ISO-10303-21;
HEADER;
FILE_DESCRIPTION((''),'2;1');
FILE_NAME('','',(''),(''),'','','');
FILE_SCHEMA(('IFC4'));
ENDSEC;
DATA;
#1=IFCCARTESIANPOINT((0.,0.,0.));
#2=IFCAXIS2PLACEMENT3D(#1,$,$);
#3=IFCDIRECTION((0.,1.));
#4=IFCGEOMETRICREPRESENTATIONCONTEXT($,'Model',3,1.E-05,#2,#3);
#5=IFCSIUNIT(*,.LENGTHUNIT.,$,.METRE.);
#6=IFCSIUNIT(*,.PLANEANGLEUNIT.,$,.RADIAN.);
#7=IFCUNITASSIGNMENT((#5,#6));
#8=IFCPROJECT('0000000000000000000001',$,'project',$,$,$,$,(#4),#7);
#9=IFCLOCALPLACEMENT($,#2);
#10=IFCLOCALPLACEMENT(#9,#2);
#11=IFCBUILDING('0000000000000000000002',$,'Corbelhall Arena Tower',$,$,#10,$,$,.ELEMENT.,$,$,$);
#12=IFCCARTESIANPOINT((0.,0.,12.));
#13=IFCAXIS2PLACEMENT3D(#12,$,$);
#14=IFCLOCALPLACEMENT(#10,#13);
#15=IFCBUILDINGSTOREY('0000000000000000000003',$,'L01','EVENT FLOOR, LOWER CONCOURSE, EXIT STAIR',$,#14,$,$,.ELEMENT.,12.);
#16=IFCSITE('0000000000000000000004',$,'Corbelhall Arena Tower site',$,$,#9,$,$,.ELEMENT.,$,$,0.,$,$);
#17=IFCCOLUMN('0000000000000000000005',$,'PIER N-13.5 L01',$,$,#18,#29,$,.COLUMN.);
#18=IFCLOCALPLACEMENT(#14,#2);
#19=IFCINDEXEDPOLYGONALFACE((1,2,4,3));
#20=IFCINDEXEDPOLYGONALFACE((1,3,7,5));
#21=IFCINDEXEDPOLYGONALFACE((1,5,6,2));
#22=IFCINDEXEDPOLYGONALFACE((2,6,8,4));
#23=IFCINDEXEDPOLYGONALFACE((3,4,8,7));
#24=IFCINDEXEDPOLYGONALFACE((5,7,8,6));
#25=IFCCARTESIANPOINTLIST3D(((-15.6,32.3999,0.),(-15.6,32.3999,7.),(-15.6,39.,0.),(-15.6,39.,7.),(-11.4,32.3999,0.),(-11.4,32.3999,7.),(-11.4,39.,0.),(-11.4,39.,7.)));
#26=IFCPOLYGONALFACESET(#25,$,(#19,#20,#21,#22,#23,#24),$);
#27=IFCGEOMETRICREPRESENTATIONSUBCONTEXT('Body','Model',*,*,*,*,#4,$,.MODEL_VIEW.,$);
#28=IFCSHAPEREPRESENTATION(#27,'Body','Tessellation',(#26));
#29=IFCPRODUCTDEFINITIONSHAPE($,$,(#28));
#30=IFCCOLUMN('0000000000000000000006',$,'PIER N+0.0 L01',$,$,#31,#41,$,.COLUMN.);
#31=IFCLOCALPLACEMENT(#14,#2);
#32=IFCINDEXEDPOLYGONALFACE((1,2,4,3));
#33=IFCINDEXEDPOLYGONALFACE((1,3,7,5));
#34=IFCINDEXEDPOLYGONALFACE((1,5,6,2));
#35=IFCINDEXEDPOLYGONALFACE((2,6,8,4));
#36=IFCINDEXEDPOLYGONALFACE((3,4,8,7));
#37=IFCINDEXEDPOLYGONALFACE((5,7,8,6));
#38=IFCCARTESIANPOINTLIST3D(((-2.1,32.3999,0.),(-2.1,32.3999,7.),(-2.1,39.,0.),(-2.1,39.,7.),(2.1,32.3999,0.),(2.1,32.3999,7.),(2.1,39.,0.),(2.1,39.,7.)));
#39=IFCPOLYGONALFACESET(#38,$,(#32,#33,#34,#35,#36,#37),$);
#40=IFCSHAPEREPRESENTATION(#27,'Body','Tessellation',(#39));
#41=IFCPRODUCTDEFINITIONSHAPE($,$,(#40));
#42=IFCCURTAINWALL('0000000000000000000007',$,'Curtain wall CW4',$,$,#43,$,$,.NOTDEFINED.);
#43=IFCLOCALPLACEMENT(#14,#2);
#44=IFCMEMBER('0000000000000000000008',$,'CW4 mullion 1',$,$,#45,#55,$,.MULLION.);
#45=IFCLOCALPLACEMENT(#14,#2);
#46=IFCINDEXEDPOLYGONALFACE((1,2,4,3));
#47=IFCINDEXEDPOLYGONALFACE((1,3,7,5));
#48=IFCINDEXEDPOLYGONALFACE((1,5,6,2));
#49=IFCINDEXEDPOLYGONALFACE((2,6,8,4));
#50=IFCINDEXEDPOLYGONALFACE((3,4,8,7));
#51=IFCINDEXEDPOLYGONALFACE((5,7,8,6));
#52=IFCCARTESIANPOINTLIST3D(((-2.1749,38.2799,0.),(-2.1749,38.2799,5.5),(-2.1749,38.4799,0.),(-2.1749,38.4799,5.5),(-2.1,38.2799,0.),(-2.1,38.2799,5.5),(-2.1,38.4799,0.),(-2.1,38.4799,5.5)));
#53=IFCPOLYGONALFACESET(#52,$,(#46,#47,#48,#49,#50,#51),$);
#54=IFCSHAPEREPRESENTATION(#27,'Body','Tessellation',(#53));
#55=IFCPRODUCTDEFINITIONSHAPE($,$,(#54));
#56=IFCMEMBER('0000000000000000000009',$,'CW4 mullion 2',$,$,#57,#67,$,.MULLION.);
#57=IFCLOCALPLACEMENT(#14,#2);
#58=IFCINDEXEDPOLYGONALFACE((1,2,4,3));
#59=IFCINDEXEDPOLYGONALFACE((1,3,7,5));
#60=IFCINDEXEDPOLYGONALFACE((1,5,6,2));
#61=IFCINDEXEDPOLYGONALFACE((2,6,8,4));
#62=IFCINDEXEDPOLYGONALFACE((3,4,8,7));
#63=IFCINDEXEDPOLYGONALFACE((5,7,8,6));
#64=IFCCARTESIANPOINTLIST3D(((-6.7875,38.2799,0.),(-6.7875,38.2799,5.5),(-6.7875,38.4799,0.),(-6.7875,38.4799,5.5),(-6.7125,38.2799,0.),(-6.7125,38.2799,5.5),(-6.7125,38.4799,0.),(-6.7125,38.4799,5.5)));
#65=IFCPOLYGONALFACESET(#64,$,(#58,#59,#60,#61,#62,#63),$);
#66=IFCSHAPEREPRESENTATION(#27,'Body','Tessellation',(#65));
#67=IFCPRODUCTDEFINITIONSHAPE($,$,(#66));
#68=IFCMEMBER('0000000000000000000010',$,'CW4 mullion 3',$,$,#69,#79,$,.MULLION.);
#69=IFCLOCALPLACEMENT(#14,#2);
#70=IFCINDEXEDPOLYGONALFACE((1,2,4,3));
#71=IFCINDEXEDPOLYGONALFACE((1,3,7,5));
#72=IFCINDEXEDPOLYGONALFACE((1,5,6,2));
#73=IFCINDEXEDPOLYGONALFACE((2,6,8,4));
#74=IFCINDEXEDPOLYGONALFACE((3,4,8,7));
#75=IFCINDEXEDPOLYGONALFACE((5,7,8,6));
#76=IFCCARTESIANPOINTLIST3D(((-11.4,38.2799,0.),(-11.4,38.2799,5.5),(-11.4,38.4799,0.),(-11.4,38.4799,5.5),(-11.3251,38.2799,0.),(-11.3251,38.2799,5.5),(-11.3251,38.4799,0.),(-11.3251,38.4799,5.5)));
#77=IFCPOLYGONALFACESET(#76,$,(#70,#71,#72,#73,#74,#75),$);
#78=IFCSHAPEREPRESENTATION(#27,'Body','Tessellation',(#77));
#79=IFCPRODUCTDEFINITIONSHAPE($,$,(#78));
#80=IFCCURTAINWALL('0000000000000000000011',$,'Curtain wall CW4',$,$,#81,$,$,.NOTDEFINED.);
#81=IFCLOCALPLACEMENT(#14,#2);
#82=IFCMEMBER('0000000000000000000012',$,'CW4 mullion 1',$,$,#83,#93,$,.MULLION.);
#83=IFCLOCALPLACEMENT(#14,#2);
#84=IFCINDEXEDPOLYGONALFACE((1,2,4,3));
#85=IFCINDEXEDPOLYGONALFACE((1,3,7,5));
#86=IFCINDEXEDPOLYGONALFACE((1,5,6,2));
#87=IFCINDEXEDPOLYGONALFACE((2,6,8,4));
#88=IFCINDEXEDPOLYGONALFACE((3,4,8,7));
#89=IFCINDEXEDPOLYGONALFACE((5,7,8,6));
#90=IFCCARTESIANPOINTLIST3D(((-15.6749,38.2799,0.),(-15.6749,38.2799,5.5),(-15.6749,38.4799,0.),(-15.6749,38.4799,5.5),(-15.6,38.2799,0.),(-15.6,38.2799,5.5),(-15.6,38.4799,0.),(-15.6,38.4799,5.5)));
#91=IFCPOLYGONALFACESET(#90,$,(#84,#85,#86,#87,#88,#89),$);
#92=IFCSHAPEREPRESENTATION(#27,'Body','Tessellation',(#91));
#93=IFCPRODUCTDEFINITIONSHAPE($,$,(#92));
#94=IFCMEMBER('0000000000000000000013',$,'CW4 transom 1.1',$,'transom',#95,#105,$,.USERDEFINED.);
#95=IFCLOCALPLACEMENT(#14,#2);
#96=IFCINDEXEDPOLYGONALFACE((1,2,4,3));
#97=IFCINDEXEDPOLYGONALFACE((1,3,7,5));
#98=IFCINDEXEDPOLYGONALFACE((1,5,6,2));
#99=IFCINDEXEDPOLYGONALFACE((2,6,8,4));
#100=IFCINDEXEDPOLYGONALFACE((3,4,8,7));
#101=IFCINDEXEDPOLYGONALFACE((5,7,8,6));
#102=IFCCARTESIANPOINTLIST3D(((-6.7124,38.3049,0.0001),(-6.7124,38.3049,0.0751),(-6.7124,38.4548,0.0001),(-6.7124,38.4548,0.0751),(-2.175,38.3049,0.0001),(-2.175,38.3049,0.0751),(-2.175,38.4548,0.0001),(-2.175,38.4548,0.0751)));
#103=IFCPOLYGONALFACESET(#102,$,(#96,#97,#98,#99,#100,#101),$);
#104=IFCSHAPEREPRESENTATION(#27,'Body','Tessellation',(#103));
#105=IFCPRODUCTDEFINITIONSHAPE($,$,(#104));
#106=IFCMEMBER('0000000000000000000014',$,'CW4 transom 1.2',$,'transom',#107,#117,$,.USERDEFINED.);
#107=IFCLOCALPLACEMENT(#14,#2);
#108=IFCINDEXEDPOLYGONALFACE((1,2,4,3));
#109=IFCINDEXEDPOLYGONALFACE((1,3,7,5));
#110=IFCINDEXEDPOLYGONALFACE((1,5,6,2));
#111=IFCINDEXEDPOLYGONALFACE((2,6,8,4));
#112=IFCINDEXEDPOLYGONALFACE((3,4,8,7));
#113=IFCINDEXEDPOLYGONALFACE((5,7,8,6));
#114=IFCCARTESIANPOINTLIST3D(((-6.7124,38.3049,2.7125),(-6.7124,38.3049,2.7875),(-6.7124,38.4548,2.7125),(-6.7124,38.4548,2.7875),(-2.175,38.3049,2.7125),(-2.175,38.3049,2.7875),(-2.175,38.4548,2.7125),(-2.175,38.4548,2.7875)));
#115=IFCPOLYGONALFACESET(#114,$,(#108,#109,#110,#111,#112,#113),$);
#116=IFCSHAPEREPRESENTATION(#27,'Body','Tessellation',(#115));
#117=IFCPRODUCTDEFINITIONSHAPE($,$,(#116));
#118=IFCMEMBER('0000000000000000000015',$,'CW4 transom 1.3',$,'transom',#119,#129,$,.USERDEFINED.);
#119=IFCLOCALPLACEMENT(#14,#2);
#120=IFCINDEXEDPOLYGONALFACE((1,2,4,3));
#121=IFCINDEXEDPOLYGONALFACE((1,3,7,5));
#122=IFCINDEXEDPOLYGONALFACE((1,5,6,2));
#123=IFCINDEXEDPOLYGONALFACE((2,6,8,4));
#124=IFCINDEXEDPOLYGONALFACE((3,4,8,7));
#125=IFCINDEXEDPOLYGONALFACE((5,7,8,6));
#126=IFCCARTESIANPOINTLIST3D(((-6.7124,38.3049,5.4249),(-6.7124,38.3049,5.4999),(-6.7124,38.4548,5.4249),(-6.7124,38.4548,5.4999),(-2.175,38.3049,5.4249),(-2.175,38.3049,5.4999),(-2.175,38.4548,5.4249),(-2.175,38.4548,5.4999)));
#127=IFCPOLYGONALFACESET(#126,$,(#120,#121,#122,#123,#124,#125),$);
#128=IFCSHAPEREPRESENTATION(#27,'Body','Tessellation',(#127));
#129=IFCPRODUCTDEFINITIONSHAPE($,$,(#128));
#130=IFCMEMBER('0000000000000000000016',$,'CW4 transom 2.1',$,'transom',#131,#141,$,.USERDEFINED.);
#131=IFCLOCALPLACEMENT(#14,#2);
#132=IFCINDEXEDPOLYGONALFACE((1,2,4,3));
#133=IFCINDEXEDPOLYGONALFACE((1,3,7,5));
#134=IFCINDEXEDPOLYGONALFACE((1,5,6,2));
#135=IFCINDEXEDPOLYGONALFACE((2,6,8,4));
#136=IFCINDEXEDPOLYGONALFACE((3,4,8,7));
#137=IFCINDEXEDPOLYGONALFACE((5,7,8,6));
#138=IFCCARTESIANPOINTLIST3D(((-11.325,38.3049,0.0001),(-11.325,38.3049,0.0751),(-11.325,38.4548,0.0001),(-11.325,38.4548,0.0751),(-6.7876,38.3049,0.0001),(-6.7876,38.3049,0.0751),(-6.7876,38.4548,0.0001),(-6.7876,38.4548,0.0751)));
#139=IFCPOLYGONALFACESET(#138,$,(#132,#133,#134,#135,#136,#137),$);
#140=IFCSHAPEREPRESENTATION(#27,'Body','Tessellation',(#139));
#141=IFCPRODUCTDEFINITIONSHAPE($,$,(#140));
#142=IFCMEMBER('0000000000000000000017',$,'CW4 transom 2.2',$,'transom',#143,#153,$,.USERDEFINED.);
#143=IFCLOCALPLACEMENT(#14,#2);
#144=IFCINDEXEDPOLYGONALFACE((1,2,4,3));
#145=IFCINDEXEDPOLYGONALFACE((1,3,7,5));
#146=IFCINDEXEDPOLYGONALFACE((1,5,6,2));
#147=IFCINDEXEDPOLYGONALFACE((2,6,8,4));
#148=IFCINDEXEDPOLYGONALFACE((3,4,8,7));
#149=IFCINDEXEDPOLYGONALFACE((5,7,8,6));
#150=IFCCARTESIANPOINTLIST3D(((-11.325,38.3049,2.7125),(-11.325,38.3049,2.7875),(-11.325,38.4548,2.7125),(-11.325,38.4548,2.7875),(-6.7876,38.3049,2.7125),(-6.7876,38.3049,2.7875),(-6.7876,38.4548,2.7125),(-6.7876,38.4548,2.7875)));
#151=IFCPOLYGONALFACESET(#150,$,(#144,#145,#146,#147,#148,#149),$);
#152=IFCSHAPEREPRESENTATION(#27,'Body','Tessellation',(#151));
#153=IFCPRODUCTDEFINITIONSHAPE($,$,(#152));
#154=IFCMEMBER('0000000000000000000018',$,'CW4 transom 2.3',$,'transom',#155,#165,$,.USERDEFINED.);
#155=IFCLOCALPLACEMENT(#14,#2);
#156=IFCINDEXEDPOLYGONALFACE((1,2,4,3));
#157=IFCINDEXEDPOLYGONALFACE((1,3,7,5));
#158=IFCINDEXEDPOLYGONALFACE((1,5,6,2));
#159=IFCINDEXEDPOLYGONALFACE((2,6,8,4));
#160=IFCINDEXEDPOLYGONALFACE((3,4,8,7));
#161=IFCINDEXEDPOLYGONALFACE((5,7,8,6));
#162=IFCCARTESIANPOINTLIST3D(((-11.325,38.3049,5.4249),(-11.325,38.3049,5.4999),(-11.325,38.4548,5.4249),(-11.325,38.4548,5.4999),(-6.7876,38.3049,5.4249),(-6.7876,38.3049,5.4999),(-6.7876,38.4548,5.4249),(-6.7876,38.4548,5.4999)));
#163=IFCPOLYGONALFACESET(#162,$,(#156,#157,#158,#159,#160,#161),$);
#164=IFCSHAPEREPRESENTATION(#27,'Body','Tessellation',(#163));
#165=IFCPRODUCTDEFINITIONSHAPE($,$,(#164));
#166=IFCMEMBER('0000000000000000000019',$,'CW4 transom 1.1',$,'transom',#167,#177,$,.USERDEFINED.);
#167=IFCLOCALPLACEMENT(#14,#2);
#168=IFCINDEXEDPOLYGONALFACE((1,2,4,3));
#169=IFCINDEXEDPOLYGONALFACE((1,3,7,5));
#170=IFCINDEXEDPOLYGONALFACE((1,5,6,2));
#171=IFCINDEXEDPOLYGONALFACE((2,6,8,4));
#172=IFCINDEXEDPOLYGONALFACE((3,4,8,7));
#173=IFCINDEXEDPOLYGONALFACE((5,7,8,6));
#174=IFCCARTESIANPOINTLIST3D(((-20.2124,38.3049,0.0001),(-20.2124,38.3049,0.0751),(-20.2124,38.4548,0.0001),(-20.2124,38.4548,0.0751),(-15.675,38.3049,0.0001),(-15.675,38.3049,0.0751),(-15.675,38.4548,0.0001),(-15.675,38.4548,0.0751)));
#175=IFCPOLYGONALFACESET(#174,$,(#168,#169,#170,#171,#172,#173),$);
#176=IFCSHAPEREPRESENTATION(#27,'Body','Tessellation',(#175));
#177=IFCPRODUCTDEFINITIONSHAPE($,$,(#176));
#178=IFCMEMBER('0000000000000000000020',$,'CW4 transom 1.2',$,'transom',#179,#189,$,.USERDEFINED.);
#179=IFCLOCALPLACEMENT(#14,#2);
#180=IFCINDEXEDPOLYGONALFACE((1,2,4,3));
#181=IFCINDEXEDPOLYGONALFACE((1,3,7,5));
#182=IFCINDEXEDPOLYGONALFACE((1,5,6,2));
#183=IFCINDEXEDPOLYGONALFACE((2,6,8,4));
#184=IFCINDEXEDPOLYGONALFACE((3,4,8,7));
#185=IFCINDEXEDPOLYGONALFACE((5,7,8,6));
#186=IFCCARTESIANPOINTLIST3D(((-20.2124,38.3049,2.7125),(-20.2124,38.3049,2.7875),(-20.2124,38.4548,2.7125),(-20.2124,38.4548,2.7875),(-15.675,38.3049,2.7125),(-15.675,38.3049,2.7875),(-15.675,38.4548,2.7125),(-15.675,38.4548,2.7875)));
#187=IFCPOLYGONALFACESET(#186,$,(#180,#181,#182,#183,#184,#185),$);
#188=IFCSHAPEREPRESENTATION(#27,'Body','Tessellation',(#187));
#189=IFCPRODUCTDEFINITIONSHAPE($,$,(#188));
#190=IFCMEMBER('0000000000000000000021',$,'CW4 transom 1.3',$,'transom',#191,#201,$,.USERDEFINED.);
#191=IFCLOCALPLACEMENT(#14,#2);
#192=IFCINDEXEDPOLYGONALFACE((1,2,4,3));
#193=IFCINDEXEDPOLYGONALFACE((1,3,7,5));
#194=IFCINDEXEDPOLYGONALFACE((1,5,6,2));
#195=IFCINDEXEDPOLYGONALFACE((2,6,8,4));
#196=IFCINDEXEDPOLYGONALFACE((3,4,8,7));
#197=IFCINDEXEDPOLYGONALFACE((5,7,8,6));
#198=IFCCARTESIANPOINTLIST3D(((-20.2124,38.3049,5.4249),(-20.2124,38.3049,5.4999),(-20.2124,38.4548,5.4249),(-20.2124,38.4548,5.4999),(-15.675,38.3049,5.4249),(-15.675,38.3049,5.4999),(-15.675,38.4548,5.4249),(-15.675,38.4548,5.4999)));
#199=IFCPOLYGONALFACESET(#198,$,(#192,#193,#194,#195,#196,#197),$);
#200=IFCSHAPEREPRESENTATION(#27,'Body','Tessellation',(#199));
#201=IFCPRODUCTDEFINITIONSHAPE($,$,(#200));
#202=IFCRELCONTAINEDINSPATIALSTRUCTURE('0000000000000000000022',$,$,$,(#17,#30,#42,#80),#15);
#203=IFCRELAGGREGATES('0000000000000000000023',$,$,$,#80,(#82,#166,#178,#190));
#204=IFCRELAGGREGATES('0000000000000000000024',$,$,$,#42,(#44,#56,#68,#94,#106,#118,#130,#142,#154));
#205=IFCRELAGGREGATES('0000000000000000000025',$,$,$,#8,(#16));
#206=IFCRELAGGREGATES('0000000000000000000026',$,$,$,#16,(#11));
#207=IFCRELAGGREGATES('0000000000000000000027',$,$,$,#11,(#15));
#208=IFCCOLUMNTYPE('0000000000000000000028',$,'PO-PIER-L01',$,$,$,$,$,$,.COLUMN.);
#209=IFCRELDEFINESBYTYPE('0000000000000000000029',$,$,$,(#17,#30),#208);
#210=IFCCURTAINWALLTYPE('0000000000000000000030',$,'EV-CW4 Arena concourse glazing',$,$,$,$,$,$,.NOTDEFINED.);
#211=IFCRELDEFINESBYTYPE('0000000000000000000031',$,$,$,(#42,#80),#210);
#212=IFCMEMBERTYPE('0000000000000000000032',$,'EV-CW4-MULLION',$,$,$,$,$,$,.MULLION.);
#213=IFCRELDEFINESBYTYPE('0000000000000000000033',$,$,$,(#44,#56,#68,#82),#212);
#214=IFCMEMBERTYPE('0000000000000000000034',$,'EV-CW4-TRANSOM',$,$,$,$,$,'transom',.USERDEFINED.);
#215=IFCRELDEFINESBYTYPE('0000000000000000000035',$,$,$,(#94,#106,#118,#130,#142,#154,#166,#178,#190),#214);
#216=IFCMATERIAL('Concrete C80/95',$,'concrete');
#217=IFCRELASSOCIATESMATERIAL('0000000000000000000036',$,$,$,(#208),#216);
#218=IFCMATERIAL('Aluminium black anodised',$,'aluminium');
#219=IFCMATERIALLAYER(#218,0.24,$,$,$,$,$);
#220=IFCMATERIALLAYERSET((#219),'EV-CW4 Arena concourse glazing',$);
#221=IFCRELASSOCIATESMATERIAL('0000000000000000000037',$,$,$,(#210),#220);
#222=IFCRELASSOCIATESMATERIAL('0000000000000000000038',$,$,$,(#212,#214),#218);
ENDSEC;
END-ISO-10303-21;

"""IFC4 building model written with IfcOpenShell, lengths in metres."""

from ifc_helpers import new_model, si_unit, direction, frame, origin, origin_2d, place, context, subcontext, project, spatial, rectangle, extrude, material, layer, layer_set, material_profile, profile_set, type_object, element, aggregate, save


model = new_model("IFC4")

# Units and contexts
model_context = context("Model", 3, precision=1e-05, world=origin(), true_north=direction((0.0, 1.0)))
body_context = subcontext(model_context, "Body", "Model", "MODEL_VIEW")
ifc_project = project(units=[si_unit("LENGTHUNIT", "METRE"), si_unit("PLANEANGLEUNIT", "RADIAN")], contexts=[model_context])

# Site, building, storey
site_placement = place(None, origin())
site = spatial("IfcSite", under=ifc_project, at=site_placement, Name="Corbelhall Arena Tower site", CompositionType="ELEMENT", RefElevation=0.0)
building_placement = place(site_placement, origin())
building = spatial("IfcBuilding", under=site, at=building_placement, Name="Corbelhall Arena Tower", CompositionType="ELEMENT")
storey_placement = place(building_placement, frame((0.0, 0.0, 12.0)))
storey = spatial("IfcBuildingStorey", under=building, at=storey_placement, Name="L01", Description="EVENT FLOOR, LOWER CONCOURSE, EXIT STAIR", CompositionType="ELEMENT", Elevation=12.0)

# Columns
ifc_material_1 = material(Name="Concrete C80/95", Category="concrete")
ifc_material_profile_1 = material_profile(ifc_material_1, rectangle(XDim=4.2, YDim=6.6001, at=origin_2d()))
ifc_profile_set_1 = profile_set([ifc_material_profile_1], Name="Concrete C80/95")
column_type = type_object("IfcColumnType", Name="PO-PIER-L01", PredefinedType="COLUMN", material=ifc_profile_set_1)
for number, where, z_axis, x_axis, name in (
    (1, (-13.5, 35.7, 0.0), (0.0, 0.0, 1.0), (1.0, 0.0, 0.0), "PIER N-13.5 L01"),
    (2, (0.0, 35.7, 0.0), (0.0, 0.0, 1.0), (1.0, 0.0, 0.0), "PIER N+0.0 L01"),
):
    element("IfcColumn", number, at=place(storey_placement, frame(where, z_axis=z_axis, x_axis=x_axis)), inside=storey, type_object=column_type, Name=name, PredefinedType="COLUMN", context=body_context, shape_type="SweptSolid", body=[
        extrude(rectangle(XDim=4.2, YDim=6.6001, at=origin_2d()), origin(), (0.0, 0.0, 1.0), 7.0),
    ])

# Curtain wall, members
ifc_material_2 = material(Name="Aluminium black anodised", Category="aluminium")
ifc_layer_1 = layer(ifc_material_2, 0.24)
ifc_layer_set_1 = layer_set([ifc_layer_1], Name="EV-CW4 Arena concourse glazing")
curtain_wall_type = type_object("IfcCurtainWallType", Name="EV-CW4 Arena concourse glazing", PredefinedType="NOTDEFINED", material=ifc_layer_set_1)
curtain_wall_1_placement = place(storey_placement, origin())
curtain_wall_1 = element("IfcCurtainWall", 3, at=curtain_wall_1_placement, inside=storey, type_object=curtain_wall_type, Name="Curtain wall CW4", PredefinedType="NOTDEFINED")
ifc_material_profile_2 = material_profile(ifc_material_2, rectangle(XDim=0.2, YDim=0.075, at=origin_2d()))
ifc_profile_set_2 = profile_set([ifc_material_profile_2], Name="Aluminium black anodised")
member_type_1 = type_object("IfcMemberType", Name="EV-CW4-MULLION", PredefinedType="MULLION", material=ifc_profile_set_2)
member_1_placement = place(storey_placement, frame((-2.1375, 38.3799, 0.0), z_axis=(0.0, 0.0, 1.0), x_axis=(0.0, -1.0, 0.0)))
member_1 = element("IfcMember", 4, at=member_1_placement, type_object=member_type_1, Name="CW4 mullion 1", PredefinedType="MULLION", context=body_context, shape_type="SweptSolid", body=[
    extrude(rectangle(XDim=0.2, YDim=0.075, at=origin_2d()), origin(), (0.0, 0.0, 1.0), 5.5),
])
member_2_placement = place(storey_placement, frame((-6.75, 38.3799, 0.0), z_axis=(0.0, 0.0, 1.0), x_axis=(0.0, -1.0, 0.0)))
member_2 = element("IfcMember", 5, at=member_2_placement, type_object=member_type_1, Name="CW4 mullion 2", PredefinedType="MULLION", context=body_context, shape_type="SweptSolid", body=[
    extrude(rectangle(XDim=0.2, YDim=0.075, at=origin_2d()), origin(), (0.0, 0.0, 1.0), 5.5),
])
member_3_placement = place(storey_placement, frame((-11.3625, 38.3799, 0.0), z_axis=(0.0, 0.0, 1.0), x_axis=(0.0, -1.0, 0.0)))
member_3 = element("IfcMember", 6, at=member_3_placement, type_object=member_type_1, Name="CW4 mullion 3", PredefinedType="MULLION", context=body_context, shape_type="SweptSolid", body=[
    extrude(rectangle(XDim=0.2, YDim=0.075, at=origin_2d()), origin(), (0.0, 0.0, 1.0), 5.5),
])

# Curtain wall, member
curtain_wall_2_placement = place(storey_placement, origin())
curtain_wall_2 = element("IfcCurtainWall", 7, at=curtain_wall_2_placement, inside=storey, type_object=curtain_wall_type, Name="Curtain wall CW4", PredefinedType="NOTDEFINED")
member_4_placement = place(storey_placement, frame((-15.6375, 38.3799, 0.0), z_axis=(0.0, 0.0, 1.0), x_axis=(0.0, -1.0, 0.0)))
member_4 = element("IfcMember", 8, at=member_4_placement, type_object=member_type_1, Name="CW4 mullion 1", PredefinedType="MULLION", context=body_context, shape_type="SweptSolid", body=[
    extrude(rectangle(XDim=0.2, YDim=0.075, at=origin_2d()), origin(), (0.0, 0.0, 1.0), 5.5),
])

# Members
ifc_material_profile_3 = material_profile(ifc_material_2, rectangle(XDim=0.1499, YDim=0.075, at=origin_2d()))
ifc_profile_set_3 = profile_set([ifc_material_profile_3], Name="Aluminium black anodised")
member_type_2 = type_object("IfcMemberType", Name="EV-CW4-TRANSOM", ElementType="transom", PredefinedType="USERDEFINED", material=ifc_profile_set_3)
member_5_placement = place(storey_placement, frame((-2.175, 38.3799, 0.0376), z_axis=(-1.0, 0.0, 0.0), x_axis=(0.0, -1.0, 0.0)))
member_5 = element("IfcMember", 9, at=member_5_placement, type_object=member_type_2, Name="CW4 transom 1.1", ObjectType="transom", PredefinedType="USERDEFINED", context=body_context, shape_type="SweptSolid", body=[
    extrude(rectangle(XDim=0.1499, YDim=0.075, at=origin_2d()), origin(), (0.0, 0.0, 1.0), 4.5374),
])
member_6_placement = place(storey_placement, frame((-2.175, 38.3799, 2.75), z_axis=(-1.0, 0.0, 0.0), x_axis=(0.0, -1.0, 0.0)))
member_6 = element("IfcMember", 10, at=member_6_placement, type_object=member_type_2, Name="CW4 transom 1.2", ObjectType="transom", PredefinedType="USERDEFINED", context=body_context, shape_type="SweptSolid", body=[
    extrude(rectangle(XDim=0.1499, YDim=0.075, at=origin_2d()), origin(), (0.0, 0.0, 1.0), 4.5374),
])
member_7_placement = place(storey_placement, frame((-2.175, 38.3799, 5.4624), z_axis=(-1.0, 0.0, 0.0), x_axis=(0.0, -1.0, 0.0)))
member_7 = element("IfcMember", 11, at=member_7_placement, type_object=member_type_2, Name="CW4 transom 1.3", ObjectType="transom", PredefinedType="USERDEFINED", context=body_context, shape_type="SweptSolid", body=[
    extrude(rectangle(XDim=0.1499, YDim=0.075, at=origin_2d()), origin(), (0.0, 0.0, 1.0), 4.5374),
])
member_8_placement = place(storey_placement, frame((-6.7876, 38.3799, 0.0376), z_axis=(-1.0, 0.0, 0.0), x_axis=(0.0, -1.0, 0.0)))
member_8 = element("IfcMember", 12, at=member_8_placement, type_object=member_type_2, Name="CW4 transom 2.1", ObjectType="transom", PredefinedType="USERDEFINED", context=body_context, shape_type="SweptSolid", body=[
    extrude(rectangle(XDim=0.1499, YDim=0.075, at=origin_2d()), origin(), (0.0, 0.0, 1.0), 4.5374),
])
member_9_placement = place(storey_placement, frame((-6.7876, 38.3799, 2.75), z_axis=(-1.0, 0.0, 0.0), x_axis=(0.0, -1.0, 0.0)))
member_9 = element("IfcMember", 13, at=member_9_placement, type_object=member_type_2, Name="CW4 transom 2.2", ObjectType="transom", PredefinedType="USERDEFINED", context=body_context, shape_type="SweptSolid", body=[
    extrude(rectangle(XDim=0.1499, YDim=0.075, at=origin_2d()), origin(), (0.0, 0.0, 1.0), 4.5374),
])
member_10_placement = place(storey_placement, frame((-6.7876, 38.3799, 5.4624), z_axis=(-1.0, 0.0, 0.0), x_axis=(0.0, -1.0, 0.0)))
member_10 = element("IfcMember", 14, at=member_10_placement, type_object=member_type_2, Name="CW4 transom 2.3", ObjectType="transom", PredefinedType="USERDEFINED", context=body_context, shape_type="SweptSolid", body=[
    extrude(rectangle(XDim=0.1499, YDim=0.075, at=origin_2d()), origin(), (0.0, 0.0, 1.0), 4.5374),
])
member_11_placement = place(storey_placement, frame((-15.675, 38.3799, 0.0376), z_axis=(-1.0, 0.0, 0.0), x_axis=(0.0, -1.0, 0.0)))
member_11 = element("IfcMember", 15, at=member_11_placement, type_object=member_type_2, Name="CW4 transom 1.1", ObjectType="transom", PredefinedType="USERDEFINED", context=body_context, shape_type="SweptSolid", body=[
    extrude(rectangle(XDim=0.1499, YDim=0.075, at=origin_2d()), origin(), (0.0, 0.0, 1.0), 4.5374),
])
member_12_placement = place(storey_placement, frame((-15.675, 38.3799, 2.75), z_axis=(-1.0, 0.0, 0.0), x_axis=(0.0, -1.0, 0.0)))
member_12 = element("IfcMember", 16, at=member_12_placement, type_object=member_type_2, Name="CW4 transom 1.2", ObjectType="transom", PredefinedType="USERDEFINED", context=body_context, shape_type="SweptSolid", body=[
    extrude(rectangle(XDim=0.1499, YDim=0.075, at=origin_2d()), origin(), (0.0, 0.0, 1.0), 4.5374),
])
member_13_placement = place(storey_placement, frame((-15.675, 38.3799, 5.4624), z_axis=(-1.0, 0.0, 0.0), x_axis=(0.0, -1.0, 0.0)))
member_13 = element("IfcMember", 17, at=member_13_placement, type_object=member_type_2, Name="CW4 transom 1.3", ObjectType="transom", PredefinedType="USERDEFINED", context=body_context, shape_type="SweptSolid", body=[
    extrude(rectangle(XDim=0.1499, YDim=0.075, at=origin_2d()), origin(), (0.0, 0.0, 1.0), 4.5374),
])
aggregate(curtain_wall_2, [member_4, member_11, member_12, member_13])

aggregate(curtain_wall_1, [member_1, member_2, member_3, member_5, member_6, member_7, member_8, member_9, member_10])

save(model, "model.ifc")
